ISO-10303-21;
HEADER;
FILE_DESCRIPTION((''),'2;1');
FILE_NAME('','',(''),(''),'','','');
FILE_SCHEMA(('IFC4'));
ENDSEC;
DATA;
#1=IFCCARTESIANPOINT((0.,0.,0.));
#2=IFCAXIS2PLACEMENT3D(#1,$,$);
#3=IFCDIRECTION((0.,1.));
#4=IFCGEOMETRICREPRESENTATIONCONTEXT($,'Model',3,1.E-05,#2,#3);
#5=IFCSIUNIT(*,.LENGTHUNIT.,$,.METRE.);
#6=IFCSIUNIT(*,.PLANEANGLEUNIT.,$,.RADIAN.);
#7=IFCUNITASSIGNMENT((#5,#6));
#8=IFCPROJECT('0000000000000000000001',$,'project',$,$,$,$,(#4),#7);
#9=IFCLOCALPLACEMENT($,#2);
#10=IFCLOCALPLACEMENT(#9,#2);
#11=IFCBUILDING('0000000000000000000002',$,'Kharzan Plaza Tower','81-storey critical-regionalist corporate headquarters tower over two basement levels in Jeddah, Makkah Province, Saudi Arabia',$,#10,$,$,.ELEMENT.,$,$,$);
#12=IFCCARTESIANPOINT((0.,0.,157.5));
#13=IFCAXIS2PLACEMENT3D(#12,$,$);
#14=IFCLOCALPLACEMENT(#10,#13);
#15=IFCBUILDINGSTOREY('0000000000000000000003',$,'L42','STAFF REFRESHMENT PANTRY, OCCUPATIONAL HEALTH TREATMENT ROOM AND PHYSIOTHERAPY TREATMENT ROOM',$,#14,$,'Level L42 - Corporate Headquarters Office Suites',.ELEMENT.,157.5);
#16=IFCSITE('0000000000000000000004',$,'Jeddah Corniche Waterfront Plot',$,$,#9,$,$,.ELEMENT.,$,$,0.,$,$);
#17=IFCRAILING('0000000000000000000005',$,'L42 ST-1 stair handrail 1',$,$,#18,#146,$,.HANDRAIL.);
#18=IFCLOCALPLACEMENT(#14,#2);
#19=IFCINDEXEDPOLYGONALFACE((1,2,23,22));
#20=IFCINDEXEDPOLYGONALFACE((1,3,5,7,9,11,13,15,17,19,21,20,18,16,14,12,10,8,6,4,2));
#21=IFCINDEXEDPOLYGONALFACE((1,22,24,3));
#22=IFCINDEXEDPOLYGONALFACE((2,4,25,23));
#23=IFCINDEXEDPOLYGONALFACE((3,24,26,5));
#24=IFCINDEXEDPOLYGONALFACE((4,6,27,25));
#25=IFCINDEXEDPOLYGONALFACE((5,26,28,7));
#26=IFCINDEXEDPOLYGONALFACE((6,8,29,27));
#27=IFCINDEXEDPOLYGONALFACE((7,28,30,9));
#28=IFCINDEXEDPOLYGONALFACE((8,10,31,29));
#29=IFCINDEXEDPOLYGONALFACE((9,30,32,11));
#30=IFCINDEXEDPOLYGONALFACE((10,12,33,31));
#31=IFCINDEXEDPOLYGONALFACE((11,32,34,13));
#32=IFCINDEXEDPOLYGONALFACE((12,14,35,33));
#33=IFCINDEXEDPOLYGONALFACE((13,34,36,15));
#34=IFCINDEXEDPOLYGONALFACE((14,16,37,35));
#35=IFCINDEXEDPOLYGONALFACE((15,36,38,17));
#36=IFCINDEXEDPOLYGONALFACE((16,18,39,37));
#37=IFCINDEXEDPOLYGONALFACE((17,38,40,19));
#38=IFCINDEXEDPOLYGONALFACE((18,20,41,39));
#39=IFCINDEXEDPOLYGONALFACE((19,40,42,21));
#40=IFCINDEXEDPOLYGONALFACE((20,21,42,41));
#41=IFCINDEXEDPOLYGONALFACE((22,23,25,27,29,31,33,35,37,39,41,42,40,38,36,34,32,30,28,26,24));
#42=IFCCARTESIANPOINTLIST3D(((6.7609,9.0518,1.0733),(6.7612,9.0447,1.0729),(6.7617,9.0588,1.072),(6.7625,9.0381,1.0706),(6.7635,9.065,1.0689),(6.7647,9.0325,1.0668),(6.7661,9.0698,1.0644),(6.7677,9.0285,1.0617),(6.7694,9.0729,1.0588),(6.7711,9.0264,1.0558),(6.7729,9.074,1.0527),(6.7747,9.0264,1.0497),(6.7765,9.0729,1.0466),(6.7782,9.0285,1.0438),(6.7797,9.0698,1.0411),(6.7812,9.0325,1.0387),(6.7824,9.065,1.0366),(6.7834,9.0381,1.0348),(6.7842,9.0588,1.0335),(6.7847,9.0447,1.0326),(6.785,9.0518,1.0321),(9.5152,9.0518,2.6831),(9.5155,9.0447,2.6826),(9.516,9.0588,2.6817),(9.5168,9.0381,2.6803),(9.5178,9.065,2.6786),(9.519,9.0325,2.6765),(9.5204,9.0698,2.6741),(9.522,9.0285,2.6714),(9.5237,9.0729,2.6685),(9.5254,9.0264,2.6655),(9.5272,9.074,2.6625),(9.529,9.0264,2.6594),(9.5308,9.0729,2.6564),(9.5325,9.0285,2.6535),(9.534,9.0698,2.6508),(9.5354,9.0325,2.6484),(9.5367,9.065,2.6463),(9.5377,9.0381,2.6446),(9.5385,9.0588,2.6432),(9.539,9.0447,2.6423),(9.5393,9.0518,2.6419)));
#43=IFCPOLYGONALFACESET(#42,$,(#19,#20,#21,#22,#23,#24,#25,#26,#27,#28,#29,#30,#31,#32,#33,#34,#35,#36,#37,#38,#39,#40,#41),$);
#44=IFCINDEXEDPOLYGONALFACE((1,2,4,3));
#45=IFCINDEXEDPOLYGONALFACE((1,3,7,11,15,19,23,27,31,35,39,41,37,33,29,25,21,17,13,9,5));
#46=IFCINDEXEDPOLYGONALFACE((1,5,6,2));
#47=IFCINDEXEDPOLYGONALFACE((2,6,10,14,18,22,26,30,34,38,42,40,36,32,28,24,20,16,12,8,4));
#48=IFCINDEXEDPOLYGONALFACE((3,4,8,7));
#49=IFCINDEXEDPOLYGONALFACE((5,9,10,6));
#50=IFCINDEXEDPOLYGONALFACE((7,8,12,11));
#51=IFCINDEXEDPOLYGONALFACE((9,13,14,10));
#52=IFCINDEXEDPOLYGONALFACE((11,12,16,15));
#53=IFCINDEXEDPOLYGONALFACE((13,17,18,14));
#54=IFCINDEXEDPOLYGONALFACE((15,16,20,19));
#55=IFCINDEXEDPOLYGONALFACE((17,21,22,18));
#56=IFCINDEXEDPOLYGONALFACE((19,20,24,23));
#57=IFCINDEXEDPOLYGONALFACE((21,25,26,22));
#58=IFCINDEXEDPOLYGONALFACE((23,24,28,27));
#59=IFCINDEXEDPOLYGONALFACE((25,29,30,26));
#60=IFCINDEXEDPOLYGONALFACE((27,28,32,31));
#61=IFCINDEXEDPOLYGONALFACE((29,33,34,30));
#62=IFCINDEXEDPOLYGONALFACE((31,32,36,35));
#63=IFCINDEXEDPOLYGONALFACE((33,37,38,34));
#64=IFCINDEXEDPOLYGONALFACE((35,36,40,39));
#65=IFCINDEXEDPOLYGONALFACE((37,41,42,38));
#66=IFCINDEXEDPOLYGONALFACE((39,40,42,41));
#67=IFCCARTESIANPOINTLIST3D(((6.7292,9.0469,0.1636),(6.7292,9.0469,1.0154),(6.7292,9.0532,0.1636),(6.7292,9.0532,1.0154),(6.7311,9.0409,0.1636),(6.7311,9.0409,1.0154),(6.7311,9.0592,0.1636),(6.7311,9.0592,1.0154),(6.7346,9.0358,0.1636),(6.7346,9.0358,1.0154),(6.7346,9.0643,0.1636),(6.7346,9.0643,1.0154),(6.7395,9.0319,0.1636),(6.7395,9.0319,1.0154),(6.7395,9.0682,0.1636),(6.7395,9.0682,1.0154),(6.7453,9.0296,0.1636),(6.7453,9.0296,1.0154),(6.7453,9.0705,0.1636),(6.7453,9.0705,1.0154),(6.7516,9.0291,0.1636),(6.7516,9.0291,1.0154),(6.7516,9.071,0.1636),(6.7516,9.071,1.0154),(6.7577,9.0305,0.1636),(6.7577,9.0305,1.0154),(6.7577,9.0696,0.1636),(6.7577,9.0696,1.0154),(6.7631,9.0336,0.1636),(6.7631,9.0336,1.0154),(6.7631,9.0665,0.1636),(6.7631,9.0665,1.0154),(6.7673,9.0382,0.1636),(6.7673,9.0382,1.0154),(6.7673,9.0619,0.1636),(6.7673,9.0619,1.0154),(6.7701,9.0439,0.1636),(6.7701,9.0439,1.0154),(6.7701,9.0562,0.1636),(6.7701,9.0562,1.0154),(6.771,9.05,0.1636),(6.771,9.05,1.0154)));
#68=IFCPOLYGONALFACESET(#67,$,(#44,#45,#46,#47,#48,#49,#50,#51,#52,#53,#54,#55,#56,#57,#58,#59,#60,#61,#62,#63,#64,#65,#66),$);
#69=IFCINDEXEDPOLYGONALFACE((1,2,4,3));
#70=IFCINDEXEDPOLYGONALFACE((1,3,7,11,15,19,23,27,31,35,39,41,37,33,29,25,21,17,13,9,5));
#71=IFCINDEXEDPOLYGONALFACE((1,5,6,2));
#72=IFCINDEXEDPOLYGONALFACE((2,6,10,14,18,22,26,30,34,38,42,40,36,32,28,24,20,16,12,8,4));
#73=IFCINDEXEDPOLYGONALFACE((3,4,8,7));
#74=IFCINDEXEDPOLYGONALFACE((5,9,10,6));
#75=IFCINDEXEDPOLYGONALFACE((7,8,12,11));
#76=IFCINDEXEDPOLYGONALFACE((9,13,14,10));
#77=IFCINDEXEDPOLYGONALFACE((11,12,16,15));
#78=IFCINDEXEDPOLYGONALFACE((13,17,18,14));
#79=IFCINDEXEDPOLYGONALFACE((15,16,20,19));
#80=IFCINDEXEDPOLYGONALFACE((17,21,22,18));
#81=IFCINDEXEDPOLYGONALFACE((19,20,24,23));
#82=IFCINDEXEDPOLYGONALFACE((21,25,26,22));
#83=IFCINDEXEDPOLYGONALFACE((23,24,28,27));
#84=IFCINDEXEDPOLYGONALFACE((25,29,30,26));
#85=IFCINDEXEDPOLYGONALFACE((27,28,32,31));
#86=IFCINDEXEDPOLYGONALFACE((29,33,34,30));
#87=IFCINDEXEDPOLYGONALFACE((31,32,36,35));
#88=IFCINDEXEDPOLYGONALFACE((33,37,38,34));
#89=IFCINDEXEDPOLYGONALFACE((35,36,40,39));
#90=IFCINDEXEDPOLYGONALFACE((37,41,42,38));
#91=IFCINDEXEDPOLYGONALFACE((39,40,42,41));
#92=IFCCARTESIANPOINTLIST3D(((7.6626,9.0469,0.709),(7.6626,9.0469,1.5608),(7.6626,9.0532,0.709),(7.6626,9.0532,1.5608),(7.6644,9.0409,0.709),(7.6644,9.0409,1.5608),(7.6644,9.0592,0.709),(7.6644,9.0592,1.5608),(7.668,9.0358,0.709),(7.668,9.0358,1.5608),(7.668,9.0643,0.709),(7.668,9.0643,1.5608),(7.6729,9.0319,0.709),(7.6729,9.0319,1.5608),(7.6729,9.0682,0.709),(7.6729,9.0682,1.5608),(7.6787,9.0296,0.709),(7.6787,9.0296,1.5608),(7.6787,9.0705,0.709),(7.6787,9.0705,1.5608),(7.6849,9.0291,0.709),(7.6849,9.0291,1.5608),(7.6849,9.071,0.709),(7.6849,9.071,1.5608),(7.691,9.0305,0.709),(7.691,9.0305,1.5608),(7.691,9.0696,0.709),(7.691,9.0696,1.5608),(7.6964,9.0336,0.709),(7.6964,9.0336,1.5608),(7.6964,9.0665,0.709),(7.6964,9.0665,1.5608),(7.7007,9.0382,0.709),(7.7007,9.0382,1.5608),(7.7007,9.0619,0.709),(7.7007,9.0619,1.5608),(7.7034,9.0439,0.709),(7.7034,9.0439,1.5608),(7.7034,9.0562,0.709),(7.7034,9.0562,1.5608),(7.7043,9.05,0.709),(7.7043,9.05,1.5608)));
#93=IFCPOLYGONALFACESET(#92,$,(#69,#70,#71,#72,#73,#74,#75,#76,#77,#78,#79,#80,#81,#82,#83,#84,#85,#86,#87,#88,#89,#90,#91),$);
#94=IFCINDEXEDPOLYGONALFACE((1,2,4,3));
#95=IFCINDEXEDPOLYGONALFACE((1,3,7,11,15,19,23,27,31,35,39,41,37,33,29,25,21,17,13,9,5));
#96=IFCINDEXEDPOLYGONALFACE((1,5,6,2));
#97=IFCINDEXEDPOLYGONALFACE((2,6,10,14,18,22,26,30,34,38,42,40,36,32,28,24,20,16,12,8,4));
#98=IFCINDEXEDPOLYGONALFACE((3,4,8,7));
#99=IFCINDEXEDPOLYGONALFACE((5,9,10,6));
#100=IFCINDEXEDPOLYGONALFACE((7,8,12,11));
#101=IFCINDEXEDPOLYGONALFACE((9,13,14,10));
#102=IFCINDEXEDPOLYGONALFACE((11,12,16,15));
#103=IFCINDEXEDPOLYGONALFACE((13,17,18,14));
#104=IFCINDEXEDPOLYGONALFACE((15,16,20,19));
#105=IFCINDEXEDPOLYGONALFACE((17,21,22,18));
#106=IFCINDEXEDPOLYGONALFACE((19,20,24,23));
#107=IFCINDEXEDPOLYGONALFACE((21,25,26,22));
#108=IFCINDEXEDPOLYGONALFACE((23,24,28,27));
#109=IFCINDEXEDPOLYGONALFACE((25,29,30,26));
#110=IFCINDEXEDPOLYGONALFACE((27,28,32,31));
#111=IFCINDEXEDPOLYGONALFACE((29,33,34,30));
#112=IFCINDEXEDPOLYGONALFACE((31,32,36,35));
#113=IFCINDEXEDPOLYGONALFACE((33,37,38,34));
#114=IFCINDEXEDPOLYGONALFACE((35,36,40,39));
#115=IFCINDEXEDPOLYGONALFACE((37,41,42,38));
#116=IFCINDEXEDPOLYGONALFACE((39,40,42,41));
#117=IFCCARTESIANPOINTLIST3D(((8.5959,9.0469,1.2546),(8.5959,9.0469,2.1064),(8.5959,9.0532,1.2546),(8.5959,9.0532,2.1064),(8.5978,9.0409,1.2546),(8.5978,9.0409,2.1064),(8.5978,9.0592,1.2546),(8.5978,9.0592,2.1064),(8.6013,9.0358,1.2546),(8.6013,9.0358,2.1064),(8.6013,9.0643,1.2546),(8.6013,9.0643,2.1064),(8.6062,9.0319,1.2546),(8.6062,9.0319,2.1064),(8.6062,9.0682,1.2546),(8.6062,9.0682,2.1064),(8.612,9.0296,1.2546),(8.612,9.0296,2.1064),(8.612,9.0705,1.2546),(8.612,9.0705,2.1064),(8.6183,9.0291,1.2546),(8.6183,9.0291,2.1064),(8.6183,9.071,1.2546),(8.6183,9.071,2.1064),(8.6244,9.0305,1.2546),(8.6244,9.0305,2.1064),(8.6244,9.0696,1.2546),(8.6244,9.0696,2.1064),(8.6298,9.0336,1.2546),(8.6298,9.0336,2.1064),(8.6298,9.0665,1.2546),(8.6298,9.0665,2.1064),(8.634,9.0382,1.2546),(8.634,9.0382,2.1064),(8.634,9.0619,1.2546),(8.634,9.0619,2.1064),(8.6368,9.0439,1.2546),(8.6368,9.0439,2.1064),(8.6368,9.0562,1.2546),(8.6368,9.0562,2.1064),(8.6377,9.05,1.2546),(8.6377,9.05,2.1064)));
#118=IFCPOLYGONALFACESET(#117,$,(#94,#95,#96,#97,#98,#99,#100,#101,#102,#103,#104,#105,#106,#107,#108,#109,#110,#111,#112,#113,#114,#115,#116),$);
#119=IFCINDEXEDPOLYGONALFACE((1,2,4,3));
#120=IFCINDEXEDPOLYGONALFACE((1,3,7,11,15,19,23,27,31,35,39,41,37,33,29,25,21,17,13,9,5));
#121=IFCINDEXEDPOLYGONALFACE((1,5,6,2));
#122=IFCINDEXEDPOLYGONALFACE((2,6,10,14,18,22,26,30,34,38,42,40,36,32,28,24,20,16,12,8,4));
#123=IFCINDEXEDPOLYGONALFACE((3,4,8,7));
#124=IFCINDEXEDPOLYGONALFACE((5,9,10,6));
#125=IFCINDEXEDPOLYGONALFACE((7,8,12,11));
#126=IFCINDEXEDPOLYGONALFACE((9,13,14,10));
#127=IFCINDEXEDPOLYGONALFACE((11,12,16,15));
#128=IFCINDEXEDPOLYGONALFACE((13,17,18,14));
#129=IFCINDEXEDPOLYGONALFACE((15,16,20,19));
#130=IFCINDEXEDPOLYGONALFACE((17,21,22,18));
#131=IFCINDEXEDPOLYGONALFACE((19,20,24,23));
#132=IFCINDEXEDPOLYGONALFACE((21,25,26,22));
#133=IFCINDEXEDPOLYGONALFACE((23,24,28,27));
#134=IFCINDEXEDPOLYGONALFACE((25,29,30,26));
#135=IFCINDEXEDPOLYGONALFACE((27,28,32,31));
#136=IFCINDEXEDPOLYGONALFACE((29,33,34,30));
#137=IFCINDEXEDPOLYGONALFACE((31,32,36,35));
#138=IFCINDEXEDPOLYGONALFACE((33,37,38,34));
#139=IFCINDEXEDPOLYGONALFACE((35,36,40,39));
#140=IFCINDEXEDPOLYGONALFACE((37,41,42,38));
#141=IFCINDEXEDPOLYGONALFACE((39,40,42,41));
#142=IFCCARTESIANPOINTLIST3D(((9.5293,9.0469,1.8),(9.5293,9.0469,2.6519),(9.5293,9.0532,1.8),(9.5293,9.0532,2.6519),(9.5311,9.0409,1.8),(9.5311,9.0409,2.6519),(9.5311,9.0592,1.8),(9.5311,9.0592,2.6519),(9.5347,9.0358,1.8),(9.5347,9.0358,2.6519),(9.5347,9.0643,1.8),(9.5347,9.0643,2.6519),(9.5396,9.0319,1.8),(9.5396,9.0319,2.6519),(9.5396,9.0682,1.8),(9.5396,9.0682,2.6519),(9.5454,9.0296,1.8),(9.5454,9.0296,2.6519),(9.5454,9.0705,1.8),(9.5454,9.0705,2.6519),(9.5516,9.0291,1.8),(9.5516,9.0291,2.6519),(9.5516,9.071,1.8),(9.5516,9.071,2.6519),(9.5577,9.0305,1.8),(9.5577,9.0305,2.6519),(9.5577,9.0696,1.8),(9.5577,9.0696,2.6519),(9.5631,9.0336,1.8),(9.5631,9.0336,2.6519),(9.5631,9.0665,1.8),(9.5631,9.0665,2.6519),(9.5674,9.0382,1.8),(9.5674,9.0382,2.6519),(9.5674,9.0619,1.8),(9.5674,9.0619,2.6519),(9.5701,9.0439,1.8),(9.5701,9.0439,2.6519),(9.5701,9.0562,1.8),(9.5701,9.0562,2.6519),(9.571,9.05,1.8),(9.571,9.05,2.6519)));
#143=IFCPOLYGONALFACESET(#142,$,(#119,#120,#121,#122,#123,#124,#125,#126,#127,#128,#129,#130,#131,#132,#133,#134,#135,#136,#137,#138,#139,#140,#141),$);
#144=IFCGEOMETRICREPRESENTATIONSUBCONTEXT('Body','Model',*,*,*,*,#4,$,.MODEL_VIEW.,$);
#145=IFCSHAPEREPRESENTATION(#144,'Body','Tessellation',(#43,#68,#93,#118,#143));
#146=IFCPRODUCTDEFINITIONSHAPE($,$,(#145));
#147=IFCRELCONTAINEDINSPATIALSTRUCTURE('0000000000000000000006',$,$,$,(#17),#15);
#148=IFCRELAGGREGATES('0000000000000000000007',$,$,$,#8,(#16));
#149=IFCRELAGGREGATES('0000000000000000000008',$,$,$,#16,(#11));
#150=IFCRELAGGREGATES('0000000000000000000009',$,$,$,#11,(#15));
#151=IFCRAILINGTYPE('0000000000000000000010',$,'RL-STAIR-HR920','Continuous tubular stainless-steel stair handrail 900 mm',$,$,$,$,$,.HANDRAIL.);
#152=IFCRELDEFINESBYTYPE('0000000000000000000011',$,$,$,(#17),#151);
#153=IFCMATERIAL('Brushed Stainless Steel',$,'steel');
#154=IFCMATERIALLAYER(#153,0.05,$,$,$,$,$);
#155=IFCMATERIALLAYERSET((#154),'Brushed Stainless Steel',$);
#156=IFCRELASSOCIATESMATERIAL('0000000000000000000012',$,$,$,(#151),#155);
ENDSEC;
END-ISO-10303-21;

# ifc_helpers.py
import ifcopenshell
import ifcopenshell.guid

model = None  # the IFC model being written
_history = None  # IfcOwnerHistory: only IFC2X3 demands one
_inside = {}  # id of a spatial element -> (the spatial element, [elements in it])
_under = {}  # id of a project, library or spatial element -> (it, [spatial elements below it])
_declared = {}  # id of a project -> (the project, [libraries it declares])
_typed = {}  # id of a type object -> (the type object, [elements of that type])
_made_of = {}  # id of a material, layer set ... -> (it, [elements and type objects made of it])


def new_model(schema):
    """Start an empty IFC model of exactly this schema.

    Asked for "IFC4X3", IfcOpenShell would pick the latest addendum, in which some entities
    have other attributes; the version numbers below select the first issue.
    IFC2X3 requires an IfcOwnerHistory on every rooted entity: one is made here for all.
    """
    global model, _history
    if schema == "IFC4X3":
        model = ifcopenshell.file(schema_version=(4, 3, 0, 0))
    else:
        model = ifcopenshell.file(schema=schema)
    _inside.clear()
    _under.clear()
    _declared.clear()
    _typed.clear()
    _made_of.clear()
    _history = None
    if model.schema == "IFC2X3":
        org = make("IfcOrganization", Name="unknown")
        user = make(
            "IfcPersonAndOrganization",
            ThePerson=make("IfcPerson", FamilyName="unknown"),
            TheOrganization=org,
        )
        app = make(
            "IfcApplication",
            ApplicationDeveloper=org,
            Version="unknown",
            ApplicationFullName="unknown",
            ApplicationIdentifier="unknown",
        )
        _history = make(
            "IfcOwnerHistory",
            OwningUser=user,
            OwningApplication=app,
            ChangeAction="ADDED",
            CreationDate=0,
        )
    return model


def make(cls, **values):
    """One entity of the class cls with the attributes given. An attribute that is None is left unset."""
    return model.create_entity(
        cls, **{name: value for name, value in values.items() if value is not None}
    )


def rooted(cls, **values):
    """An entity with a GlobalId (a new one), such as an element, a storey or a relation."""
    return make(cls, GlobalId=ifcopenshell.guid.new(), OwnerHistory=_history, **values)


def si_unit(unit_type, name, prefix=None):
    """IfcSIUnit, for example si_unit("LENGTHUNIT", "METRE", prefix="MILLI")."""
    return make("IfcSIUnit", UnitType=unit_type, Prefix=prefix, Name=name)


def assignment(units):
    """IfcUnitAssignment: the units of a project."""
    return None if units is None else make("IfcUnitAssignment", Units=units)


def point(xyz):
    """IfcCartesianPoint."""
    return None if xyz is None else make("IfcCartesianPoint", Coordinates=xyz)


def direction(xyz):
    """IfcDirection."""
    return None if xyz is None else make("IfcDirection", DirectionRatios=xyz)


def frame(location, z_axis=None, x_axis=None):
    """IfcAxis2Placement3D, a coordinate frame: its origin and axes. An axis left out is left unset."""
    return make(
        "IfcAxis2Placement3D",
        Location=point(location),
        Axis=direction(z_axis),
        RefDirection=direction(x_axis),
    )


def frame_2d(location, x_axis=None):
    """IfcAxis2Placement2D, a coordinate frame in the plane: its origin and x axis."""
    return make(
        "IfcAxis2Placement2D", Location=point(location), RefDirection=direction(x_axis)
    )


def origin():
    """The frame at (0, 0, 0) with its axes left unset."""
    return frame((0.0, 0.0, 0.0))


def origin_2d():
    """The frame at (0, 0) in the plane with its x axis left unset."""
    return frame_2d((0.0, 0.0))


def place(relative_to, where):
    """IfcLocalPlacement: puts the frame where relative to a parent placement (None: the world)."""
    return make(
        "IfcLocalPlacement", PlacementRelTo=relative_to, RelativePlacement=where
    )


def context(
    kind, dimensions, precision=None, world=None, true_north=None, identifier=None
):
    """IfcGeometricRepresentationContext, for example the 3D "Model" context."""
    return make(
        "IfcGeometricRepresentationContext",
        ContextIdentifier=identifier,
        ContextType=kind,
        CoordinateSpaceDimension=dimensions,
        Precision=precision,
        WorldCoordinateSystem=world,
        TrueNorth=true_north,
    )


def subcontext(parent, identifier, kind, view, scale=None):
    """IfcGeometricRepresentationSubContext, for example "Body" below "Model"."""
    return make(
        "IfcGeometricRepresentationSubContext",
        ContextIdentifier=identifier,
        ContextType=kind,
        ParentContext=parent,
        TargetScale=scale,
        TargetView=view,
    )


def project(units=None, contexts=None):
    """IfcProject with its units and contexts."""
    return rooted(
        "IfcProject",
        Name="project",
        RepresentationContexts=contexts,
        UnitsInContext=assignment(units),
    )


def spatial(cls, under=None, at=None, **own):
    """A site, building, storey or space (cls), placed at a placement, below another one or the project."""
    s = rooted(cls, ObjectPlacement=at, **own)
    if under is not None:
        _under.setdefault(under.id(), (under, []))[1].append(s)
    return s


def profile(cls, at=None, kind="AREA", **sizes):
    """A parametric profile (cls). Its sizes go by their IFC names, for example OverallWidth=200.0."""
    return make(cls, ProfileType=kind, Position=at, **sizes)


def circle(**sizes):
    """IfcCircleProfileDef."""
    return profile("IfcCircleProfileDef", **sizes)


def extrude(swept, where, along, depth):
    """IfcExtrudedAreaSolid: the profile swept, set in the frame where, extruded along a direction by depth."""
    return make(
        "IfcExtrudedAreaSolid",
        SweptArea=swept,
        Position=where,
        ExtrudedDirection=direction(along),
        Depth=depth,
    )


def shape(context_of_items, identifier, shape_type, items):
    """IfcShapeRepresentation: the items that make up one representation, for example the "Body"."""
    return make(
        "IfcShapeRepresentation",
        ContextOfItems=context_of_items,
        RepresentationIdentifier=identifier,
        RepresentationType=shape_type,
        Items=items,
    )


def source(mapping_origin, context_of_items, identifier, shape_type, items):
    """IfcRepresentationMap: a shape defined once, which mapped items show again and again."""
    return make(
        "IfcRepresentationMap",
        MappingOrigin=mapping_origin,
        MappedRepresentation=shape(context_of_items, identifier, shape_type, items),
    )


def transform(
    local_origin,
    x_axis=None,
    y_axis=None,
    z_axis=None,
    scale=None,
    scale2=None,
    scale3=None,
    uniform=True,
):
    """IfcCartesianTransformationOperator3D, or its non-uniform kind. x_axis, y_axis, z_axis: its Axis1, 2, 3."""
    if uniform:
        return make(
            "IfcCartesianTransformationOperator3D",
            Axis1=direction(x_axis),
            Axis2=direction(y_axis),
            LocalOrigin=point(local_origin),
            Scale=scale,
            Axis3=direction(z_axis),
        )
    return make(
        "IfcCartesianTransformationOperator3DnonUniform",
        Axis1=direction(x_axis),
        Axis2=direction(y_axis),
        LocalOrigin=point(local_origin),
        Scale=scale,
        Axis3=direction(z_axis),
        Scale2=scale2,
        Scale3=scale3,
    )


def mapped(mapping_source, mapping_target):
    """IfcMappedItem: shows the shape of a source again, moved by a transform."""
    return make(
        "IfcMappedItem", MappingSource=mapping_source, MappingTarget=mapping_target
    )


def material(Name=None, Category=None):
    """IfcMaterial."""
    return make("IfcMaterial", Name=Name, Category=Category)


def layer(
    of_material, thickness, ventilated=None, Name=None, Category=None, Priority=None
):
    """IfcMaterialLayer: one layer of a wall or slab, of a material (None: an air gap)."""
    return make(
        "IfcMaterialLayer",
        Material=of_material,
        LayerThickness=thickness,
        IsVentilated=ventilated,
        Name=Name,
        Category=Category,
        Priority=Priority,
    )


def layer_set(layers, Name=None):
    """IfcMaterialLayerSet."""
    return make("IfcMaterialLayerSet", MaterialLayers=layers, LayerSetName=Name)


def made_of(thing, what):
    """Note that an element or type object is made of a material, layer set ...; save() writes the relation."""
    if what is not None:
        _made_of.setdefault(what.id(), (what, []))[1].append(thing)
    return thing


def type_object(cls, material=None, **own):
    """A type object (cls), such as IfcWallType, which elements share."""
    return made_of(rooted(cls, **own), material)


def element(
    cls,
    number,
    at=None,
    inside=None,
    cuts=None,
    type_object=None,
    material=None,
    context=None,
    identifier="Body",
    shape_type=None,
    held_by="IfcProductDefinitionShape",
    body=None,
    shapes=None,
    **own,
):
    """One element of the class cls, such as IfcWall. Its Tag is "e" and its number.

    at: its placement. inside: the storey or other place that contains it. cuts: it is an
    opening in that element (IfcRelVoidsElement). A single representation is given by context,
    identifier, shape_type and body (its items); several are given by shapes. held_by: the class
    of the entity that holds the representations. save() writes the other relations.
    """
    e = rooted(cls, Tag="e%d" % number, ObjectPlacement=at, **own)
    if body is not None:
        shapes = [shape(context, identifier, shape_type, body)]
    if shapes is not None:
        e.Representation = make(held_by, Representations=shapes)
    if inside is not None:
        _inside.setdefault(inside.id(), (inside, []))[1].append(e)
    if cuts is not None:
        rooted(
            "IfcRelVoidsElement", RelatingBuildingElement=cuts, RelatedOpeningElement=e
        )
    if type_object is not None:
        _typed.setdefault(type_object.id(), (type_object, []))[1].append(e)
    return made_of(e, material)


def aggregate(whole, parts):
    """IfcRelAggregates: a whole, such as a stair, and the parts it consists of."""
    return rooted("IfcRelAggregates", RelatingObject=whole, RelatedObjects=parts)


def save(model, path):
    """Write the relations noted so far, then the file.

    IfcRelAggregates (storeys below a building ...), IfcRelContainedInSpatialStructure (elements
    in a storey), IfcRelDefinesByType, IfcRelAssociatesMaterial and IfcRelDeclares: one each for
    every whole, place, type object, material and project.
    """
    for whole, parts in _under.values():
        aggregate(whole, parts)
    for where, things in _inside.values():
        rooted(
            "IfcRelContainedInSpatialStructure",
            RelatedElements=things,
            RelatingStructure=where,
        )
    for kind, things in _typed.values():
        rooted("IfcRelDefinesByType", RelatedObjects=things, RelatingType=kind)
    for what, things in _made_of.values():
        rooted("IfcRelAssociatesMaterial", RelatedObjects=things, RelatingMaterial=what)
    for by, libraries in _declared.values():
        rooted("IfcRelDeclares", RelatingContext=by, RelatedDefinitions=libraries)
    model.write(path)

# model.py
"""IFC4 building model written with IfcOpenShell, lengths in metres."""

from ifc_helpers import new_model, si_unit, direction, frame, origin, origin_2d, place, context, subcontext, project, spatial, circle, extrude, source, transform, mapped, material, layer, layer_set, type_object, element, save


model = new_model("IFC4")

# Units and contexts
model_context = context("Model", 3, precision=1e-05, world=origin(), true_north=direction((0.0, 1.0)))
body_context = subcontext(model_context, "Body", "Model", "MODEL_VIEW")
ifc_project = project(units=[si_unit("LENGTHUNIT", "METRE"), si_unit("PLANEANGLEUNIT", "RADIAN")], contexts=[model_context])

# Site, building, storey
site_placement = place(None, origin())
site = spatial("IfcSite", under=ifc_project, at=site_placement, Name="Jeddah Corniche Waterfront Plot", CompositionType="ELEMENT", RefElevation=0.0)
building_placement = place(site_placement, origin())
building = spatial("IfcBuilding", under=site, at=building_placement, Name="Kharzan Plaza Tower", Description="81-storey critical-regionalist corporate headquarters tower over two basement levels in Jeddah, Makkah Province, Saudi Arabia", CompositionType="ELEMENT")
storey_placement = place(building_placement, frame((0.0, 0.0, 157.5)))
storey = spatial("IfcBuildingStorey", under=building, at=storey_placement, Name="L42", Description="STAFF REFRESHMENT PANTRY, OCCUPATIONAL HEALTH TREATMENT ROOM AND PHYSIOTHERAPY TREATMENT ROOM", LongName="Level L42 - Corporate Headquarters Office Suites", CompositionType="ELEMENT", Elevation=157.5)

# Railing
ifc_material_1 = material(Name="Brushed Stainless Steel", Category="steel")
ifc_layer_1 = layer(ifc_material_1, 0.05)
ifc_layer_set_1 = layer_set([ifc_layer_1], Name="Brushed Stainless Steel")
railing_type_1 = type_object("IfcRailingType", Name="RL-STAIR-HR920", Description="Continuous tubular stainless-steel stair handrail 900 mm", PredefinedType="HANDRAIL", material=ifc_layer_set_1)
shared_shape_1 = source(origin(), body_context, "Body", "SweptSolid", [
    extrude(circle(Radius=0.0239, at=origin_2d()), frame((0.0229, 0.0, 0.8892), z_axis=(0.863361, 0.0, 0.504587), x_axis=(0.0, 1.0, 0.0)), (0.0, 0.0, 1.0), 3.1902),
    extrude(circle(Radius=0.021, at=origin_2d()), origin(), (0.0, 0.0, 1.0), 0.8518),
    extrude(circle(Radius=0.021, at=origin_2d()), frame((0.9333, 0.0, 0.5454)), (0.0, 0.0, 1.0), 0.8518),
    extrude(circle(Radius=0.021, at=origin_2d()), frame((1.8667, 0.0, 1.0911)), (0.0, 0.0, 1.0), 0.8518),
    extrude(circle(Radius=0.021, at=origin_2d()), frame((2.8, 0.0, 1.6365)), (0.0, 0.0, 1.0), 0.8518),
])
railing_1_placement = place(storey_placement, frame((6.75, 9.05, 0.1636)))
element("IfcRailing", 1, at=railing_1_placement, inside=storey, type_object=railing_type_1, Name="L42 ST-1 stair handrail 1", PredefinedType="HANDRAIL", context=body_context, shape_type="MappedRepresentation", body=[
    mapped(shared_shape_1, transform((0.0, 0.0, 0.0), x_axis=(1.0, 0.0, 0.0), y_axis=(0.0, 1.0, 0.0), z_axis=(0.0, 0.0, 1.0))),
])

save(model, "model.ifc")
